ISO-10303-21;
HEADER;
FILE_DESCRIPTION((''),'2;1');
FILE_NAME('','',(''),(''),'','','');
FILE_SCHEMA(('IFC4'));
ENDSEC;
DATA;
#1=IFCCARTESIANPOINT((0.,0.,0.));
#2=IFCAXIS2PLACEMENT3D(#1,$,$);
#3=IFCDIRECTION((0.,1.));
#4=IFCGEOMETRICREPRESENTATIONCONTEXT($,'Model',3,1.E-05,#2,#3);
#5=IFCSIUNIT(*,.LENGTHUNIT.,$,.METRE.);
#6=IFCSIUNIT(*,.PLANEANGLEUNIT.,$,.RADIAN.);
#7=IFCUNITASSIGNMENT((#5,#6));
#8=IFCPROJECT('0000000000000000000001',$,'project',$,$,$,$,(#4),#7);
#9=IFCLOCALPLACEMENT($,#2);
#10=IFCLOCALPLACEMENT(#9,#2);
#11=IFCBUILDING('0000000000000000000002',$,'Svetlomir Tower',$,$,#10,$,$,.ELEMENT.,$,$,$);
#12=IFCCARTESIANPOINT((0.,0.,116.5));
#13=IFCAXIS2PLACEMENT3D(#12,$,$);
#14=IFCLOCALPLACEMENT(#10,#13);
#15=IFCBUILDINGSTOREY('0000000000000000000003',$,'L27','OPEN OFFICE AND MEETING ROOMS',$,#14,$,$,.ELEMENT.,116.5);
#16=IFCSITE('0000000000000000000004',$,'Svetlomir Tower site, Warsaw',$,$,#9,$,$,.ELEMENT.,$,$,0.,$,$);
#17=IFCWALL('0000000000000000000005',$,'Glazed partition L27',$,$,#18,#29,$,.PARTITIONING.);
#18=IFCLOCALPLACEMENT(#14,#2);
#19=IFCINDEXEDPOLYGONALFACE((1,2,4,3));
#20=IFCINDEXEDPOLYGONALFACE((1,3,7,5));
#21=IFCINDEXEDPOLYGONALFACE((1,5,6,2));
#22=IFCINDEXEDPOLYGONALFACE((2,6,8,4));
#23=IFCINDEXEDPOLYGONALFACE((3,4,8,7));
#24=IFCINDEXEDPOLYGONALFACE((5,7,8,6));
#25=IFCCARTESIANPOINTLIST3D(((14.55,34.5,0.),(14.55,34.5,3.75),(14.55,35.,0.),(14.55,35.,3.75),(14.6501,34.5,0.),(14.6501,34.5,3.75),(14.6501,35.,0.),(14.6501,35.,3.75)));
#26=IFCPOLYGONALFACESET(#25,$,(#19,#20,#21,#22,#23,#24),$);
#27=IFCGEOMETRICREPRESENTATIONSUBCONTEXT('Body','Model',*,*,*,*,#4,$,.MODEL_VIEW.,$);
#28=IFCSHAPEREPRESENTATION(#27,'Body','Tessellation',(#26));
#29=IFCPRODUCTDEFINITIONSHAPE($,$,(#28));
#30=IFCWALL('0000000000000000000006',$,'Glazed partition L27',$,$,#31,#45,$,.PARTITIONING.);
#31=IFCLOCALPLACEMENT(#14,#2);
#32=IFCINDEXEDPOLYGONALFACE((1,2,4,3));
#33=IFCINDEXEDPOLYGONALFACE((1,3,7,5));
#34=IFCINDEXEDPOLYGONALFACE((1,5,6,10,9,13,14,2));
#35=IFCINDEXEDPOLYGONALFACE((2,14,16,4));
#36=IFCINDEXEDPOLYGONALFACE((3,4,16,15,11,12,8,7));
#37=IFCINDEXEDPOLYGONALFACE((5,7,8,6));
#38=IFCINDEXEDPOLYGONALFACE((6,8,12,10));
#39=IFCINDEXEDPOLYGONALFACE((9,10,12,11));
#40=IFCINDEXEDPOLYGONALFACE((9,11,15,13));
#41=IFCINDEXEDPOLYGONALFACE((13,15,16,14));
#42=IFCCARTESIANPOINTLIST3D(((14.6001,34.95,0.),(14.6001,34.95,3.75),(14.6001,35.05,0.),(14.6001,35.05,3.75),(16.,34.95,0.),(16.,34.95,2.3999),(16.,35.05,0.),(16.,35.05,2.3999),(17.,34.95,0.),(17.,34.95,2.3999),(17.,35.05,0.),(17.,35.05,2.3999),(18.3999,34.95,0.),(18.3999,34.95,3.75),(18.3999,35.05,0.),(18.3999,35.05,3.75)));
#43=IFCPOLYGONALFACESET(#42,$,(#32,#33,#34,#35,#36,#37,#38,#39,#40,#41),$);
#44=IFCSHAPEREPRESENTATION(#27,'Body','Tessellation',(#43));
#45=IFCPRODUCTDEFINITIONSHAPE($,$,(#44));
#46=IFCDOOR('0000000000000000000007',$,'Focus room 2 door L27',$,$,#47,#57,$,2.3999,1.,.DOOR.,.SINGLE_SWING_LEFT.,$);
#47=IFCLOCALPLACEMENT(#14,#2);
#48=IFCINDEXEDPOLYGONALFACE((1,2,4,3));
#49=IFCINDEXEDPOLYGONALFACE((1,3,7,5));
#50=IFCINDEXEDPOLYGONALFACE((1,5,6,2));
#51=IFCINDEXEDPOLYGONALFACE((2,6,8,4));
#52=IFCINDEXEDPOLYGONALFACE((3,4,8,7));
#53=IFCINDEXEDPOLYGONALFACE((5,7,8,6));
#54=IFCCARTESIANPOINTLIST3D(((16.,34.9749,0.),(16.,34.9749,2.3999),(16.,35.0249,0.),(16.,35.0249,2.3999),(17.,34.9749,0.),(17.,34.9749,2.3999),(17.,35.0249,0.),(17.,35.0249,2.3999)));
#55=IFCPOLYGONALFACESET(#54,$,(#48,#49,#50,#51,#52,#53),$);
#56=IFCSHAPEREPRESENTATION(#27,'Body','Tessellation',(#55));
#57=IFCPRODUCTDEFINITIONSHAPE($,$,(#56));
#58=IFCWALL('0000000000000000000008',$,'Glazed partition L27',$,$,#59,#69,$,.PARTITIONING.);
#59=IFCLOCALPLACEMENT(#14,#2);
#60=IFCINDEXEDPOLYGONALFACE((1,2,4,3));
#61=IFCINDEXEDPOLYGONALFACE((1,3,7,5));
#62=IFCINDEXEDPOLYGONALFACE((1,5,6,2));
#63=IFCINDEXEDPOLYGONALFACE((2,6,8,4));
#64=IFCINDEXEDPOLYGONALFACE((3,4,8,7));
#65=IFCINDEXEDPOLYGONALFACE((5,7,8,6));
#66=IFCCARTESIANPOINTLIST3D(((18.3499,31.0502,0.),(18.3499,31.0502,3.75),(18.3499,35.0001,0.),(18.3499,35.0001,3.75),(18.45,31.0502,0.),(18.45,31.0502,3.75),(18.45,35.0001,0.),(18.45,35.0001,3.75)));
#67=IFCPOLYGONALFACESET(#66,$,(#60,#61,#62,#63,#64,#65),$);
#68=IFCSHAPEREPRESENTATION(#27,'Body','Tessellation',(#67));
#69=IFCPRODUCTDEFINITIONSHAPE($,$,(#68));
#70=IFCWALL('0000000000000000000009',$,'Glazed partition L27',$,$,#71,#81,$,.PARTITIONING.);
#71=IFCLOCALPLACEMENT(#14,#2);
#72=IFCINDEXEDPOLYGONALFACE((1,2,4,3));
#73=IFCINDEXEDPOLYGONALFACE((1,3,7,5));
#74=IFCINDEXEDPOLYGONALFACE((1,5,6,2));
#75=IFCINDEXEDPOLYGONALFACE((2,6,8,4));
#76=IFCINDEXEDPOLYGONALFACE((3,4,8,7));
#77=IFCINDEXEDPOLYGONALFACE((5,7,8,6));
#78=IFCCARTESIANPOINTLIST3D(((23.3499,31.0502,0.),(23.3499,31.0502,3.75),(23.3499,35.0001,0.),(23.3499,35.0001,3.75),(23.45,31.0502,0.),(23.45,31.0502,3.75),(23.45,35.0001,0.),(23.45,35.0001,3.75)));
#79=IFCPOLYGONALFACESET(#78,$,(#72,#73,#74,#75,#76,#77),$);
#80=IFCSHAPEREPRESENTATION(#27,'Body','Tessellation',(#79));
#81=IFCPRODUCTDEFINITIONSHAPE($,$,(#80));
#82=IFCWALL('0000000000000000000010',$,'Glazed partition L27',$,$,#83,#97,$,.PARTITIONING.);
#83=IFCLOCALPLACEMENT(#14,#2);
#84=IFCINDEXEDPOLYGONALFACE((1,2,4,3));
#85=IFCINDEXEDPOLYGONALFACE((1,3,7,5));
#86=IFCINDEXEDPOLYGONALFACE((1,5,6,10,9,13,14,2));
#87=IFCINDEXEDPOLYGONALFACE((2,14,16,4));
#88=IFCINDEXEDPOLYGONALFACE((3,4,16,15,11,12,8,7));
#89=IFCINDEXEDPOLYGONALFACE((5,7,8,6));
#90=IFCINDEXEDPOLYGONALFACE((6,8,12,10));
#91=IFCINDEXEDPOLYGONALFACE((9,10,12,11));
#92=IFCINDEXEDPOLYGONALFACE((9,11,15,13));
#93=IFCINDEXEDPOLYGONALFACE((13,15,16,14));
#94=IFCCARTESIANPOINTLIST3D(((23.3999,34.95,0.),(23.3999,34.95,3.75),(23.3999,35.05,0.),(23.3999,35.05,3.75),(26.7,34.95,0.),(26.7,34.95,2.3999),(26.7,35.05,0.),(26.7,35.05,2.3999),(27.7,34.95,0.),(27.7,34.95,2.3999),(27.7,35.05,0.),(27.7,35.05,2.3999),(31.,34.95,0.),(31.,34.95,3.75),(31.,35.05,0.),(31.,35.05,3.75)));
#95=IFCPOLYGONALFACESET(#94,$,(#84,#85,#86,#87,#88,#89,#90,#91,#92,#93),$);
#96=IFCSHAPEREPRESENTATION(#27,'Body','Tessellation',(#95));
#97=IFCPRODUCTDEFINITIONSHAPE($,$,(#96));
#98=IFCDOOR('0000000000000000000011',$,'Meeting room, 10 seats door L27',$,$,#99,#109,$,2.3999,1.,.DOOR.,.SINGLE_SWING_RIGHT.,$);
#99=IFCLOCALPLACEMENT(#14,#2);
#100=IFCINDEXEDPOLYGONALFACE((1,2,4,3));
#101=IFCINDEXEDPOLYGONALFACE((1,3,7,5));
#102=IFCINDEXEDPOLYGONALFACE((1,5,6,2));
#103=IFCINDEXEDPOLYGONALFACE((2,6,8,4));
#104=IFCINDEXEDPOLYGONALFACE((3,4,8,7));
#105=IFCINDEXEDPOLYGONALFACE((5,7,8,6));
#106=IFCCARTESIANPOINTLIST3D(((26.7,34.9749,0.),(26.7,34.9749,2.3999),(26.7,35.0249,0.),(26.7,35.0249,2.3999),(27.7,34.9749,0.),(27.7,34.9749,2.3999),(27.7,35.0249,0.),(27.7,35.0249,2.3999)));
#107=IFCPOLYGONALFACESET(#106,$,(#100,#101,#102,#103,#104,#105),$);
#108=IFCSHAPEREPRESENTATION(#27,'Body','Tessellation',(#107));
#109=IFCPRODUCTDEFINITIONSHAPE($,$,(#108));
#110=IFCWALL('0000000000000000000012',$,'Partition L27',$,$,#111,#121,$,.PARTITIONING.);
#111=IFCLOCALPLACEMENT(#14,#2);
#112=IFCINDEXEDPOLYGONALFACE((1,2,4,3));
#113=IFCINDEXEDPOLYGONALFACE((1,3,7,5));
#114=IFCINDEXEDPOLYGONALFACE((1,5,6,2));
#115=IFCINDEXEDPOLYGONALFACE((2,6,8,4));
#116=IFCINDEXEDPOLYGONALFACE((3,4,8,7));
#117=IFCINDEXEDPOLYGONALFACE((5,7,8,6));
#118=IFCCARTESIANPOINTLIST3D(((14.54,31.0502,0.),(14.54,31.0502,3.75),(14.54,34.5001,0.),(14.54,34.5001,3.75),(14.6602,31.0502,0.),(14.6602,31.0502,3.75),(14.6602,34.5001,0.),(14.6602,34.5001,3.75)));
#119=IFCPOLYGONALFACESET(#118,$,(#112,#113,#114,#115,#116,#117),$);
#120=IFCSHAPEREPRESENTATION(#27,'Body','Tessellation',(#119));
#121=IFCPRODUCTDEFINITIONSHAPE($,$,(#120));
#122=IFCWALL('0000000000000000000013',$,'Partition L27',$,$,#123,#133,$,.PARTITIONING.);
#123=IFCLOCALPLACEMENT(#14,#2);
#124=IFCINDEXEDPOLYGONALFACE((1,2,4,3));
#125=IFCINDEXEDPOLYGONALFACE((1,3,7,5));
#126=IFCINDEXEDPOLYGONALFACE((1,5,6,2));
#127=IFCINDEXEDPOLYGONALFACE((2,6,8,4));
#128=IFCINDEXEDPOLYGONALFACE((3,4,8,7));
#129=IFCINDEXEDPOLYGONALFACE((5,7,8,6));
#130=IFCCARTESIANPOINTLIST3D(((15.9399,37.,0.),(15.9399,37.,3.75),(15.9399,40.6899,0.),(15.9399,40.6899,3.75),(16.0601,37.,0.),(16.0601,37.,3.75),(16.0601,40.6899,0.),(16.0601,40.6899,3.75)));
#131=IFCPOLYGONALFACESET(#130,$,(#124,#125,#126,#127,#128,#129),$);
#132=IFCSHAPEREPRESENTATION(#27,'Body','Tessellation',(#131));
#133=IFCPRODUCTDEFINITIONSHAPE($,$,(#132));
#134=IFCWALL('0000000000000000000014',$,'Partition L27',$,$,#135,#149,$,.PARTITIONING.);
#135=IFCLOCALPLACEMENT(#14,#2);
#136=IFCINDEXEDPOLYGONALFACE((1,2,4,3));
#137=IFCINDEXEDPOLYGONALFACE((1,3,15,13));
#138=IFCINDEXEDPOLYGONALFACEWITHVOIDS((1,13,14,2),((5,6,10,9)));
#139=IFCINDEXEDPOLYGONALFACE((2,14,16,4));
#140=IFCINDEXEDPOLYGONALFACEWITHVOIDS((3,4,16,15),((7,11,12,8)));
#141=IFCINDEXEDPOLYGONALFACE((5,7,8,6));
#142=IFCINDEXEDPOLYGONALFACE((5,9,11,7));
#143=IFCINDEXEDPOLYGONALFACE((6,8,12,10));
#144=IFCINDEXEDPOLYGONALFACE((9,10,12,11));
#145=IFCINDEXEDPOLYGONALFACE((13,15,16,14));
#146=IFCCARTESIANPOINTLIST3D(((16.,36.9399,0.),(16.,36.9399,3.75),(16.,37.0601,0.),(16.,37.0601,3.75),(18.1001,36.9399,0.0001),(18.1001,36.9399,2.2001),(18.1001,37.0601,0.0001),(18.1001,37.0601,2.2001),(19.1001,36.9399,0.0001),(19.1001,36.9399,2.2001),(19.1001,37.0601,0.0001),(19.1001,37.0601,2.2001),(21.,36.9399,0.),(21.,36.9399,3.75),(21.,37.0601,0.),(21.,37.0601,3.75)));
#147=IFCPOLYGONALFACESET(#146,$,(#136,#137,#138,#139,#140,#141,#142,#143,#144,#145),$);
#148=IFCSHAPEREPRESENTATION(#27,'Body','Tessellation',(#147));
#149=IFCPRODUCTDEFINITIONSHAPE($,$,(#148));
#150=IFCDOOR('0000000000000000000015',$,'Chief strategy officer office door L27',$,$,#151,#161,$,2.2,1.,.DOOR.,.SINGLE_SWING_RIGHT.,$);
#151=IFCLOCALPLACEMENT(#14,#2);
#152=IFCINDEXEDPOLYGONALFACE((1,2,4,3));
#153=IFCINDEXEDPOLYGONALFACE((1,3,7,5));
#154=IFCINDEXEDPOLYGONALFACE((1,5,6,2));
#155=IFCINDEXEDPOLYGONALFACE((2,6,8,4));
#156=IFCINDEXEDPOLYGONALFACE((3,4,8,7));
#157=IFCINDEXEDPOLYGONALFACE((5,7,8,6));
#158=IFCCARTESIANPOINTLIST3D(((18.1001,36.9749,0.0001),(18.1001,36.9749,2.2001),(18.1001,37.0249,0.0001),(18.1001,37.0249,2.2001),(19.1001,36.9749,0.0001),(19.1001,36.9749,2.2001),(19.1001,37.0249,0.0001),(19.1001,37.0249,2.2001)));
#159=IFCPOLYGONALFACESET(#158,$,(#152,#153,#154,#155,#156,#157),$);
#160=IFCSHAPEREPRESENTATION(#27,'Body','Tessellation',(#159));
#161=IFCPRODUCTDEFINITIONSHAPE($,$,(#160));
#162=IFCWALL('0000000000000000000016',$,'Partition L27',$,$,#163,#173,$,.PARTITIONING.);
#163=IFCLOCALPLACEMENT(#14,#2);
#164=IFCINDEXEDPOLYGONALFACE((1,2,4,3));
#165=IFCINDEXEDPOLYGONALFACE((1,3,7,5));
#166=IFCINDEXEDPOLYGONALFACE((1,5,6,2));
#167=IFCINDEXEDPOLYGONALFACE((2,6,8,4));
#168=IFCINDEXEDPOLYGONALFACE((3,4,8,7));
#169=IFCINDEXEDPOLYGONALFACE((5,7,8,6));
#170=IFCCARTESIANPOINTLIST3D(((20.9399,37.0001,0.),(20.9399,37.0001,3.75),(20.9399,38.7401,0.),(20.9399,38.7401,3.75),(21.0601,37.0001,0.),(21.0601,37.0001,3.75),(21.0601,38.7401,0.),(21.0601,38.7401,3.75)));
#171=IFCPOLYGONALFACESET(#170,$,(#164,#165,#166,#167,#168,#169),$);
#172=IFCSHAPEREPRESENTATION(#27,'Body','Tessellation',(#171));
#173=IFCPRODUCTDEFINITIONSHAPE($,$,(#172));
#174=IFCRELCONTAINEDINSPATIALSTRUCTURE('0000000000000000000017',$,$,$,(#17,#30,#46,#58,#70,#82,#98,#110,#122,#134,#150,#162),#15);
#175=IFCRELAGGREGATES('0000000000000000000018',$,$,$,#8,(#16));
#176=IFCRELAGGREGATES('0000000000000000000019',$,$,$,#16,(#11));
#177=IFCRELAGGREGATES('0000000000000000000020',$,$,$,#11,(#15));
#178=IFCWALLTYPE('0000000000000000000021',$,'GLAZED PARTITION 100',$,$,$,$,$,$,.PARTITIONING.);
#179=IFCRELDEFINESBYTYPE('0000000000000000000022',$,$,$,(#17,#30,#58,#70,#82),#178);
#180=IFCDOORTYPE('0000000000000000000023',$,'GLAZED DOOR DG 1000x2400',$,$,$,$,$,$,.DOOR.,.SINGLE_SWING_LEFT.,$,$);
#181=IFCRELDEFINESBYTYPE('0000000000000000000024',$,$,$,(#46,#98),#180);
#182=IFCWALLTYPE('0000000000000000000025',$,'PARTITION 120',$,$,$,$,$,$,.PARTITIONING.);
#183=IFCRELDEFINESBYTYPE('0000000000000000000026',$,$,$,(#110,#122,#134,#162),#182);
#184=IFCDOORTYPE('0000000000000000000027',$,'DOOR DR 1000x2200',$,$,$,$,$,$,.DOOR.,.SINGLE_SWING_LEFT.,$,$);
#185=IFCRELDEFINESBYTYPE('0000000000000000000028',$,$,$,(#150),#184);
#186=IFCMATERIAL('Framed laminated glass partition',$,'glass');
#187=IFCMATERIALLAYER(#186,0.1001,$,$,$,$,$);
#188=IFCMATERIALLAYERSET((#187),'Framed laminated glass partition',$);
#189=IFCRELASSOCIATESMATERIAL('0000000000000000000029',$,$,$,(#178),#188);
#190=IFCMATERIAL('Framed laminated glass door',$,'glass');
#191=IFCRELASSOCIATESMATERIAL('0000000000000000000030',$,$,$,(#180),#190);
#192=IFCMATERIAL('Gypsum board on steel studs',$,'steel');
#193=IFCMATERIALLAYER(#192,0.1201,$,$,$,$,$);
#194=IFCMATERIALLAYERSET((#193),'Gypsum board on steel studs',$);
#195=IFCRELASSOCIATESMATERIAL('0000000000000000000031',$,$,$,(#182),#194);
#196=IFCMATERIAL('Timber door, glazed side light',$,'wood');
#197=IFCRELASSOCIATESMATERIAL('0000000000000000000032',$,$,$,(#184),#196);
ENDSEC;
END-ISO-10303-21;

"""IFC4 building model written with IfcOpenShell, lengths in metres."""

from ifc_helpers import new_model, si_unit, direction, frame, frame_2d, origin, place, context, subcontext, project, spatial, rectangle, extrude, material, layer, layer_set, type_object, element, fill, save


model = new_model("IFC4")

# Units and contexts
model_context = context("Model", 3, precision=1e-05, world=origin(), true_north=direction((0.0, 1.0)))
body_context = subcontext(model_context, "Body", "Model", "MODEL_VIEW")
ifc_project = project(units=[si_unit("LENGTHUNIT", "METRE"), si_unit("PLANEANGLEUNIT", "RADIAN")], contexts=[model_context])

# Site, building, storey
site_placement = place(None, origin())
site = spatial("IfcSite", under=ifc_project, at=site_placement, Name="Svetlomir Tower site, Warsaw", CompositionType="ELEMENT", RefElevation=0.0)
building_placement = place(site_placement, origin())
building = spatial("IfcBuilding", under=site, at=building_placement, Name="Svetlomir Tower", CompositionType="ELEMENT")
storey_placement = place(building_placement, frame((0.0, 0.0, 116.5)))
storey = spatial("IfcBuildingStorey", under=building, at=storey_placement, Name="L27", Description="OPEN OFFICE AND MEETING ROOMS", CompositionType="ELEMENT", Elevation=116.5)

# Wall
ifc_material_1 = material(Name="Framed laminated glass partition", Category="glass")
ifc_layer_1 = layer(ifc_material_1, 0.1001)
ifc_layer_set_1 = layer_set([ifc_layer_1], Name="Framed laminated glass partition")
wall_type_1 = type_object("IfcWallType", Name="GLAZED PARTITION 100", PredefinedType="PARTITIONING", material=ifc_layer_set_1)
wall_1_placement = place(storey_placement, frame((14.6001, 34.5, 0.0), z_axis=(0.0, 0.0, 1.0), x_axis=(0.0, 1.0, 0.0)))
element("IfcWall", 1, at=wall_1_placement, inside=storey, type_object=wall_type_1, Name="Glazed partition L27", PredefinedType="PARTITIONING", context=body_context, shape_type="SweptSolid", body=[
    extrude(rectangle(XDim=0.5, YDim=0.1001, at=frame_2d((0.25, 0.0))), origin(), (0.0, 0.0, 1.0), 3.75),
])

# Wall, opening, door
wall_2_placement = place(storey_placement, frame((14.6001, 35.0, 0.0), z_axis=(0.0, 0.0, 1.0), x_axis=(1.0, 0.0, 0.0)))
wall_2 = element("IfcWall", 2, at=wall_2_placement, inside=storey, type_object=wall_type_1, Name="Glazed partition L27", PredefinedType="PARTITIONING", context=body_context, shape_type="SweptSolid", body=[
    extrude(rectangle(XDim=3.7998, YDim=0.1001, at=frame_2d((1.8999, 0.0))), origin(), (0.0, 0.0, 1.0), 3.75),
])
opening_1_placement = place(wall_2_placement, frame((1.3999, 0.0, 0.0)))
opening_1 = element("IfcOpeningElement", 3, at=opening_1_placement, cuts=wall_2, PredefinedType="OPENING", context=body_context, shape_type="SweptSolid", body=[
    extrude(rectangle(XDim=1.0, YDim=2.3999, at=frame_2d((0.5, 1.2))), frame((0.0, 0.0601, 0.0), z_axis=(0.0, -1.0, 0.0), x_axis=(1.0, 0.0, 0.0)), (0.0, 0.0, 1.0), 0.1201),
])
ifc_material_2 = material(Name="Framed laminated glass door", Category="glass")
door_type_1 = type_object("IfcDoorType", Name="GLAZED DOOR DG 1000x2400", OperationType="SINGLE_SWING_LEFT", PredefinedType="DOOR", material=ifc_material_2)
door_1_placement = place(opening_1_placement, origin())
door_1 = element("IfcDoor", 4, at=door_1_placement, inside=storey, type_object=door_type_1, Name="Focus room 2 door L27", OperationType="SINGLE_SWING_LEFT", OverallHeight=2.3999, OverallWidth=1.0, PredefinedType="DOOR", context=body_context, shape_type="SweptSolid", body=[
    extrude(rectangle(XDim=1.0, YDim=2.3999, at=frame_2d((0.5, 1.2))), frame((0.0, 0.0249, 0.0), z_axis=(0.0, -1.0, 0.0), x_axis=(1.0, 0.0, 0.0)), (0.0, 0.0, 1.0), 0.05),
])
fill(opening_1, door_1)

# Walls
for number, where, z_axis, x_axis, name in (
    (5, (18.3999, 31.05, 0.0), (0.0, 0.0, 1.0), (0.0, 1.0, 0.0), "Glazed partition L27"),
    (6, (23.3999, 31.05, 0.0), (0.0, 0.0, 1.0), (0.0, 1.0, 0.0), "Glazed partition L27"),
):
    element("IfcWall", number, at=place(storey_placement, frame(where, z_axis=z_axis, x_axis=x_axis)), inside=storey, type_object=wall_type_1, Name=name, PredefinedType="PARTITIONING", context=body_context, shape_type="SweptSolid", body=[
        extrude(rectangle(XDim=3.95, YDim=0.1001, at=frame_2d((1.9751, 0.0))), origin(), (0.0, 0.0, 1.0), 3.75),
    ])

# Wall, opening, door
wall_3_placement = place(storey_placement, frame((23.3999, 35.0, 0.0), z_axis=(0.0, 0.0, 1.0), x_axis=(1.0, 0.0, 0.0)))
wall_3 = element("IfcWall", 7, at=wall_3_placement, inside=storey, type_object=wall_type_1, Name="Glazed partition L27", PredefinedType="PARTITIONING", context=body_context, shape_type="SweptSolid", body=[
    extrude(rectangle(XDim=7.6001, YDim=0.1001, at=frame_2d((3.8, 0.0))), origin(), (0.0, 0.0, 1.0), 3.75),
])
opening_2_placement = place(wall_3_placement, frame((3.3, 0.0, 0.0)))
opening_2 = element("IfcOpeningElement", 8, at=opening_2_placement, cuts=wall_3, PredefinedType="OPENING", context=body_context, shape_type="SweptSolid", body=[
    extrude(rectangle(XDim=1.0, YDim=2.3999, at=frame_2d((0.5, 1.2))), frame((0.0, 0.0601, 0.0), z_axis=(0.0, -1.0, 0.0), x_axis=(1.0, 0.0, 0.0)), (0.0, 0.0, 1.0), 0.1201),
])
door_2_placement = place(opening_2_placement, origin())
door_2 = element("IfcDoor", 9, at=door_2_placement, inside=storey, type_object=door_type_1, Name="Meeting room, 10 seats door L27", OperationType="SINGLE_SWING_RIGHT", OverallHeight=2.3999, OverallWidth=1.0, PredefinedType="DOOR", context=body_context, shape_type="SweptSolid", body=[
    extrude(rectangle(XDim=1.0, YDim=2.3999, at=frame_2d((0.5, 1.2))), frame((0.0, 0.0249, 0.0), z_axis=(0.0, -1.0, 0.0), x_axis=(1.0, 0.0, 0.0)), (0.0, 0.0, 1.0), 0.05),
])
fill(opening_2, door_2)

# Walls
ifc_material_3 = material(Name="Gypsum board on steel studs", Category="steel")
ifc_layer_2 = layer(ifc_material_3, 0.1201)
ifc_layer_set_2 = layer_set([ifc_layer_2], Name="Gypsum board on steel studs")
wall_type_2 = type_object("IfcWallType", Name="PARTITION 120", PredefinedType="PARTITIONING", material=ifc_layer_set_2)
wall_4_placement = place(storey_placement, frame((14.6001, 31.05, 0.0), z_axis=(0.0, 0.0, 1.0), x_axis=(0.0, 1.0, 0.0)))
element("IfcWall", 10, at=wall_4_placement, inside=storey, type_object=wall_type_2, Name="Partition L27", PredefinedType="PARTITIONING", context=body_context, shape_type="SweptSolid", body=[
    extrude(rectangle(XDim=3.45, YDim=0.1201, at=frame_2d((1.7251, 0.0))), origin(), (0.0, 0.0, 1.0), 3.75),
])
wall_5_placement = place(storey_placement, frame((16.0, 37.0, 0.0), z_axis=(0.0, 0.0, 1.0), x_axis=(0.0, 1.0, 0.0)))
element("IfcWall", 11, at=wall_5_placement, inside=storey, type_object=wall_type_2, Name="Partition L27", PredefinedType="PARTITIONING", context=body_context, shape_type="SweptSolid", body=[
    extrude(rectangle(XDim=3.6899, YDim=0.1201, at=frame_2d((1.845, 0.0))), origin(), (0.0, 0.0, 1.0), 3.75),
])

# Wall, opening, door
wall_6_placement = place(storey_placement, frame((16.0, 37.0, 0.0), z_axis=(0.0, 0.0, 1.0), x_axis=(1.0, 0.0, 0.0)))
wall_6 = element("IfcWall", 12, at=wall_6_placement, inside=storey, type_object=wall_type_2, Name="Partition L27", PredefinedType="PARTITIONING", context=body_context, shape_type="SweptSolid", body=[
    extrude(rectangle(XDim=5.0, YDim=0.1201, at=frame_2d((2.5, 0.0))), origin(), (0.0, 0.0, 1.0), 3.75),
])
opening_3_placement = place(wall_6_placement, frame((2.1001, 0.0, 0.0)))
opening_3 = element("IfcOpeningElement", 13, at=opening_3_placement, cuts=wall_6, PredefinedType="OPENING", context=body_context, shape_type="SweptSolid", body=[
    extrude(rectangle(XDim=1.0, YDim=2.2, at=frame_2d((0.5, 1.1001))), frame((0.0, 0.0701, 0.0), z_axis=(0.0, -1.0, 0.0), x_axis=(1.0, 0.0, 0.0)), (0.0, 0.0, 1.0), 0.1401),
])
ifc_material_4 = material(Name="Timber door, glazed side light", Category="wood")
door_type_2 = type_object("IfcDoorType", Name="DOOR DR 1000x2200", OperationType="SINGLE_SWING_LEFT", PredefinedType="DOOR", material=ifc_material_4)
door_3_placement = place(opening_3_placement, origin())
door_3 = element("IfcDoor", 14, at=door_3_placement, inside=storey, type_object=door_type_2, Name="Chief strategy officer office door L27", OperationType="SINGLE_SWING_RIGHT", OverallHeight=2.2, OverallWidth=1.0, PredefinedType="DOOR", context=body_context, shape_type="SweptSolid", body=[
    extrude(rectangle(XDim=1.0, YDim=2.2, at=frame_2d((0.5, 1.1001))), frame((0.0, 0.0249, 0.0), z_axis=(0.0, -1.0, 0.0), x_axis=(1.0, 0.0, 0.0)), (0.0, 0.0, 1.0), 0.05),
])
fill(opening_3, door_3)

# Wall
wall_7_placement = place(storey_placement, frame((21.0, 37.0, 0.0), z_axis=(0.0, 0.0, 1.0), x_axis=(0.0, 1.0, 0.0)))
element("IfcWall", 15, at=wall_7_placement, inside=storey, type_object=wall_type_2, Name="Partition L27", PredefinedType="PARTITIONING", context=body_context, shape_type="SweptSolid", body=[
    extrude(rectangle(XDim=1.74, YDim=0.1201, at=frame_2d((0.8701, 0.0))), origin(), (0.0, 0.0, 1.0), 3.75),
])

save(model, "model.ifc")
